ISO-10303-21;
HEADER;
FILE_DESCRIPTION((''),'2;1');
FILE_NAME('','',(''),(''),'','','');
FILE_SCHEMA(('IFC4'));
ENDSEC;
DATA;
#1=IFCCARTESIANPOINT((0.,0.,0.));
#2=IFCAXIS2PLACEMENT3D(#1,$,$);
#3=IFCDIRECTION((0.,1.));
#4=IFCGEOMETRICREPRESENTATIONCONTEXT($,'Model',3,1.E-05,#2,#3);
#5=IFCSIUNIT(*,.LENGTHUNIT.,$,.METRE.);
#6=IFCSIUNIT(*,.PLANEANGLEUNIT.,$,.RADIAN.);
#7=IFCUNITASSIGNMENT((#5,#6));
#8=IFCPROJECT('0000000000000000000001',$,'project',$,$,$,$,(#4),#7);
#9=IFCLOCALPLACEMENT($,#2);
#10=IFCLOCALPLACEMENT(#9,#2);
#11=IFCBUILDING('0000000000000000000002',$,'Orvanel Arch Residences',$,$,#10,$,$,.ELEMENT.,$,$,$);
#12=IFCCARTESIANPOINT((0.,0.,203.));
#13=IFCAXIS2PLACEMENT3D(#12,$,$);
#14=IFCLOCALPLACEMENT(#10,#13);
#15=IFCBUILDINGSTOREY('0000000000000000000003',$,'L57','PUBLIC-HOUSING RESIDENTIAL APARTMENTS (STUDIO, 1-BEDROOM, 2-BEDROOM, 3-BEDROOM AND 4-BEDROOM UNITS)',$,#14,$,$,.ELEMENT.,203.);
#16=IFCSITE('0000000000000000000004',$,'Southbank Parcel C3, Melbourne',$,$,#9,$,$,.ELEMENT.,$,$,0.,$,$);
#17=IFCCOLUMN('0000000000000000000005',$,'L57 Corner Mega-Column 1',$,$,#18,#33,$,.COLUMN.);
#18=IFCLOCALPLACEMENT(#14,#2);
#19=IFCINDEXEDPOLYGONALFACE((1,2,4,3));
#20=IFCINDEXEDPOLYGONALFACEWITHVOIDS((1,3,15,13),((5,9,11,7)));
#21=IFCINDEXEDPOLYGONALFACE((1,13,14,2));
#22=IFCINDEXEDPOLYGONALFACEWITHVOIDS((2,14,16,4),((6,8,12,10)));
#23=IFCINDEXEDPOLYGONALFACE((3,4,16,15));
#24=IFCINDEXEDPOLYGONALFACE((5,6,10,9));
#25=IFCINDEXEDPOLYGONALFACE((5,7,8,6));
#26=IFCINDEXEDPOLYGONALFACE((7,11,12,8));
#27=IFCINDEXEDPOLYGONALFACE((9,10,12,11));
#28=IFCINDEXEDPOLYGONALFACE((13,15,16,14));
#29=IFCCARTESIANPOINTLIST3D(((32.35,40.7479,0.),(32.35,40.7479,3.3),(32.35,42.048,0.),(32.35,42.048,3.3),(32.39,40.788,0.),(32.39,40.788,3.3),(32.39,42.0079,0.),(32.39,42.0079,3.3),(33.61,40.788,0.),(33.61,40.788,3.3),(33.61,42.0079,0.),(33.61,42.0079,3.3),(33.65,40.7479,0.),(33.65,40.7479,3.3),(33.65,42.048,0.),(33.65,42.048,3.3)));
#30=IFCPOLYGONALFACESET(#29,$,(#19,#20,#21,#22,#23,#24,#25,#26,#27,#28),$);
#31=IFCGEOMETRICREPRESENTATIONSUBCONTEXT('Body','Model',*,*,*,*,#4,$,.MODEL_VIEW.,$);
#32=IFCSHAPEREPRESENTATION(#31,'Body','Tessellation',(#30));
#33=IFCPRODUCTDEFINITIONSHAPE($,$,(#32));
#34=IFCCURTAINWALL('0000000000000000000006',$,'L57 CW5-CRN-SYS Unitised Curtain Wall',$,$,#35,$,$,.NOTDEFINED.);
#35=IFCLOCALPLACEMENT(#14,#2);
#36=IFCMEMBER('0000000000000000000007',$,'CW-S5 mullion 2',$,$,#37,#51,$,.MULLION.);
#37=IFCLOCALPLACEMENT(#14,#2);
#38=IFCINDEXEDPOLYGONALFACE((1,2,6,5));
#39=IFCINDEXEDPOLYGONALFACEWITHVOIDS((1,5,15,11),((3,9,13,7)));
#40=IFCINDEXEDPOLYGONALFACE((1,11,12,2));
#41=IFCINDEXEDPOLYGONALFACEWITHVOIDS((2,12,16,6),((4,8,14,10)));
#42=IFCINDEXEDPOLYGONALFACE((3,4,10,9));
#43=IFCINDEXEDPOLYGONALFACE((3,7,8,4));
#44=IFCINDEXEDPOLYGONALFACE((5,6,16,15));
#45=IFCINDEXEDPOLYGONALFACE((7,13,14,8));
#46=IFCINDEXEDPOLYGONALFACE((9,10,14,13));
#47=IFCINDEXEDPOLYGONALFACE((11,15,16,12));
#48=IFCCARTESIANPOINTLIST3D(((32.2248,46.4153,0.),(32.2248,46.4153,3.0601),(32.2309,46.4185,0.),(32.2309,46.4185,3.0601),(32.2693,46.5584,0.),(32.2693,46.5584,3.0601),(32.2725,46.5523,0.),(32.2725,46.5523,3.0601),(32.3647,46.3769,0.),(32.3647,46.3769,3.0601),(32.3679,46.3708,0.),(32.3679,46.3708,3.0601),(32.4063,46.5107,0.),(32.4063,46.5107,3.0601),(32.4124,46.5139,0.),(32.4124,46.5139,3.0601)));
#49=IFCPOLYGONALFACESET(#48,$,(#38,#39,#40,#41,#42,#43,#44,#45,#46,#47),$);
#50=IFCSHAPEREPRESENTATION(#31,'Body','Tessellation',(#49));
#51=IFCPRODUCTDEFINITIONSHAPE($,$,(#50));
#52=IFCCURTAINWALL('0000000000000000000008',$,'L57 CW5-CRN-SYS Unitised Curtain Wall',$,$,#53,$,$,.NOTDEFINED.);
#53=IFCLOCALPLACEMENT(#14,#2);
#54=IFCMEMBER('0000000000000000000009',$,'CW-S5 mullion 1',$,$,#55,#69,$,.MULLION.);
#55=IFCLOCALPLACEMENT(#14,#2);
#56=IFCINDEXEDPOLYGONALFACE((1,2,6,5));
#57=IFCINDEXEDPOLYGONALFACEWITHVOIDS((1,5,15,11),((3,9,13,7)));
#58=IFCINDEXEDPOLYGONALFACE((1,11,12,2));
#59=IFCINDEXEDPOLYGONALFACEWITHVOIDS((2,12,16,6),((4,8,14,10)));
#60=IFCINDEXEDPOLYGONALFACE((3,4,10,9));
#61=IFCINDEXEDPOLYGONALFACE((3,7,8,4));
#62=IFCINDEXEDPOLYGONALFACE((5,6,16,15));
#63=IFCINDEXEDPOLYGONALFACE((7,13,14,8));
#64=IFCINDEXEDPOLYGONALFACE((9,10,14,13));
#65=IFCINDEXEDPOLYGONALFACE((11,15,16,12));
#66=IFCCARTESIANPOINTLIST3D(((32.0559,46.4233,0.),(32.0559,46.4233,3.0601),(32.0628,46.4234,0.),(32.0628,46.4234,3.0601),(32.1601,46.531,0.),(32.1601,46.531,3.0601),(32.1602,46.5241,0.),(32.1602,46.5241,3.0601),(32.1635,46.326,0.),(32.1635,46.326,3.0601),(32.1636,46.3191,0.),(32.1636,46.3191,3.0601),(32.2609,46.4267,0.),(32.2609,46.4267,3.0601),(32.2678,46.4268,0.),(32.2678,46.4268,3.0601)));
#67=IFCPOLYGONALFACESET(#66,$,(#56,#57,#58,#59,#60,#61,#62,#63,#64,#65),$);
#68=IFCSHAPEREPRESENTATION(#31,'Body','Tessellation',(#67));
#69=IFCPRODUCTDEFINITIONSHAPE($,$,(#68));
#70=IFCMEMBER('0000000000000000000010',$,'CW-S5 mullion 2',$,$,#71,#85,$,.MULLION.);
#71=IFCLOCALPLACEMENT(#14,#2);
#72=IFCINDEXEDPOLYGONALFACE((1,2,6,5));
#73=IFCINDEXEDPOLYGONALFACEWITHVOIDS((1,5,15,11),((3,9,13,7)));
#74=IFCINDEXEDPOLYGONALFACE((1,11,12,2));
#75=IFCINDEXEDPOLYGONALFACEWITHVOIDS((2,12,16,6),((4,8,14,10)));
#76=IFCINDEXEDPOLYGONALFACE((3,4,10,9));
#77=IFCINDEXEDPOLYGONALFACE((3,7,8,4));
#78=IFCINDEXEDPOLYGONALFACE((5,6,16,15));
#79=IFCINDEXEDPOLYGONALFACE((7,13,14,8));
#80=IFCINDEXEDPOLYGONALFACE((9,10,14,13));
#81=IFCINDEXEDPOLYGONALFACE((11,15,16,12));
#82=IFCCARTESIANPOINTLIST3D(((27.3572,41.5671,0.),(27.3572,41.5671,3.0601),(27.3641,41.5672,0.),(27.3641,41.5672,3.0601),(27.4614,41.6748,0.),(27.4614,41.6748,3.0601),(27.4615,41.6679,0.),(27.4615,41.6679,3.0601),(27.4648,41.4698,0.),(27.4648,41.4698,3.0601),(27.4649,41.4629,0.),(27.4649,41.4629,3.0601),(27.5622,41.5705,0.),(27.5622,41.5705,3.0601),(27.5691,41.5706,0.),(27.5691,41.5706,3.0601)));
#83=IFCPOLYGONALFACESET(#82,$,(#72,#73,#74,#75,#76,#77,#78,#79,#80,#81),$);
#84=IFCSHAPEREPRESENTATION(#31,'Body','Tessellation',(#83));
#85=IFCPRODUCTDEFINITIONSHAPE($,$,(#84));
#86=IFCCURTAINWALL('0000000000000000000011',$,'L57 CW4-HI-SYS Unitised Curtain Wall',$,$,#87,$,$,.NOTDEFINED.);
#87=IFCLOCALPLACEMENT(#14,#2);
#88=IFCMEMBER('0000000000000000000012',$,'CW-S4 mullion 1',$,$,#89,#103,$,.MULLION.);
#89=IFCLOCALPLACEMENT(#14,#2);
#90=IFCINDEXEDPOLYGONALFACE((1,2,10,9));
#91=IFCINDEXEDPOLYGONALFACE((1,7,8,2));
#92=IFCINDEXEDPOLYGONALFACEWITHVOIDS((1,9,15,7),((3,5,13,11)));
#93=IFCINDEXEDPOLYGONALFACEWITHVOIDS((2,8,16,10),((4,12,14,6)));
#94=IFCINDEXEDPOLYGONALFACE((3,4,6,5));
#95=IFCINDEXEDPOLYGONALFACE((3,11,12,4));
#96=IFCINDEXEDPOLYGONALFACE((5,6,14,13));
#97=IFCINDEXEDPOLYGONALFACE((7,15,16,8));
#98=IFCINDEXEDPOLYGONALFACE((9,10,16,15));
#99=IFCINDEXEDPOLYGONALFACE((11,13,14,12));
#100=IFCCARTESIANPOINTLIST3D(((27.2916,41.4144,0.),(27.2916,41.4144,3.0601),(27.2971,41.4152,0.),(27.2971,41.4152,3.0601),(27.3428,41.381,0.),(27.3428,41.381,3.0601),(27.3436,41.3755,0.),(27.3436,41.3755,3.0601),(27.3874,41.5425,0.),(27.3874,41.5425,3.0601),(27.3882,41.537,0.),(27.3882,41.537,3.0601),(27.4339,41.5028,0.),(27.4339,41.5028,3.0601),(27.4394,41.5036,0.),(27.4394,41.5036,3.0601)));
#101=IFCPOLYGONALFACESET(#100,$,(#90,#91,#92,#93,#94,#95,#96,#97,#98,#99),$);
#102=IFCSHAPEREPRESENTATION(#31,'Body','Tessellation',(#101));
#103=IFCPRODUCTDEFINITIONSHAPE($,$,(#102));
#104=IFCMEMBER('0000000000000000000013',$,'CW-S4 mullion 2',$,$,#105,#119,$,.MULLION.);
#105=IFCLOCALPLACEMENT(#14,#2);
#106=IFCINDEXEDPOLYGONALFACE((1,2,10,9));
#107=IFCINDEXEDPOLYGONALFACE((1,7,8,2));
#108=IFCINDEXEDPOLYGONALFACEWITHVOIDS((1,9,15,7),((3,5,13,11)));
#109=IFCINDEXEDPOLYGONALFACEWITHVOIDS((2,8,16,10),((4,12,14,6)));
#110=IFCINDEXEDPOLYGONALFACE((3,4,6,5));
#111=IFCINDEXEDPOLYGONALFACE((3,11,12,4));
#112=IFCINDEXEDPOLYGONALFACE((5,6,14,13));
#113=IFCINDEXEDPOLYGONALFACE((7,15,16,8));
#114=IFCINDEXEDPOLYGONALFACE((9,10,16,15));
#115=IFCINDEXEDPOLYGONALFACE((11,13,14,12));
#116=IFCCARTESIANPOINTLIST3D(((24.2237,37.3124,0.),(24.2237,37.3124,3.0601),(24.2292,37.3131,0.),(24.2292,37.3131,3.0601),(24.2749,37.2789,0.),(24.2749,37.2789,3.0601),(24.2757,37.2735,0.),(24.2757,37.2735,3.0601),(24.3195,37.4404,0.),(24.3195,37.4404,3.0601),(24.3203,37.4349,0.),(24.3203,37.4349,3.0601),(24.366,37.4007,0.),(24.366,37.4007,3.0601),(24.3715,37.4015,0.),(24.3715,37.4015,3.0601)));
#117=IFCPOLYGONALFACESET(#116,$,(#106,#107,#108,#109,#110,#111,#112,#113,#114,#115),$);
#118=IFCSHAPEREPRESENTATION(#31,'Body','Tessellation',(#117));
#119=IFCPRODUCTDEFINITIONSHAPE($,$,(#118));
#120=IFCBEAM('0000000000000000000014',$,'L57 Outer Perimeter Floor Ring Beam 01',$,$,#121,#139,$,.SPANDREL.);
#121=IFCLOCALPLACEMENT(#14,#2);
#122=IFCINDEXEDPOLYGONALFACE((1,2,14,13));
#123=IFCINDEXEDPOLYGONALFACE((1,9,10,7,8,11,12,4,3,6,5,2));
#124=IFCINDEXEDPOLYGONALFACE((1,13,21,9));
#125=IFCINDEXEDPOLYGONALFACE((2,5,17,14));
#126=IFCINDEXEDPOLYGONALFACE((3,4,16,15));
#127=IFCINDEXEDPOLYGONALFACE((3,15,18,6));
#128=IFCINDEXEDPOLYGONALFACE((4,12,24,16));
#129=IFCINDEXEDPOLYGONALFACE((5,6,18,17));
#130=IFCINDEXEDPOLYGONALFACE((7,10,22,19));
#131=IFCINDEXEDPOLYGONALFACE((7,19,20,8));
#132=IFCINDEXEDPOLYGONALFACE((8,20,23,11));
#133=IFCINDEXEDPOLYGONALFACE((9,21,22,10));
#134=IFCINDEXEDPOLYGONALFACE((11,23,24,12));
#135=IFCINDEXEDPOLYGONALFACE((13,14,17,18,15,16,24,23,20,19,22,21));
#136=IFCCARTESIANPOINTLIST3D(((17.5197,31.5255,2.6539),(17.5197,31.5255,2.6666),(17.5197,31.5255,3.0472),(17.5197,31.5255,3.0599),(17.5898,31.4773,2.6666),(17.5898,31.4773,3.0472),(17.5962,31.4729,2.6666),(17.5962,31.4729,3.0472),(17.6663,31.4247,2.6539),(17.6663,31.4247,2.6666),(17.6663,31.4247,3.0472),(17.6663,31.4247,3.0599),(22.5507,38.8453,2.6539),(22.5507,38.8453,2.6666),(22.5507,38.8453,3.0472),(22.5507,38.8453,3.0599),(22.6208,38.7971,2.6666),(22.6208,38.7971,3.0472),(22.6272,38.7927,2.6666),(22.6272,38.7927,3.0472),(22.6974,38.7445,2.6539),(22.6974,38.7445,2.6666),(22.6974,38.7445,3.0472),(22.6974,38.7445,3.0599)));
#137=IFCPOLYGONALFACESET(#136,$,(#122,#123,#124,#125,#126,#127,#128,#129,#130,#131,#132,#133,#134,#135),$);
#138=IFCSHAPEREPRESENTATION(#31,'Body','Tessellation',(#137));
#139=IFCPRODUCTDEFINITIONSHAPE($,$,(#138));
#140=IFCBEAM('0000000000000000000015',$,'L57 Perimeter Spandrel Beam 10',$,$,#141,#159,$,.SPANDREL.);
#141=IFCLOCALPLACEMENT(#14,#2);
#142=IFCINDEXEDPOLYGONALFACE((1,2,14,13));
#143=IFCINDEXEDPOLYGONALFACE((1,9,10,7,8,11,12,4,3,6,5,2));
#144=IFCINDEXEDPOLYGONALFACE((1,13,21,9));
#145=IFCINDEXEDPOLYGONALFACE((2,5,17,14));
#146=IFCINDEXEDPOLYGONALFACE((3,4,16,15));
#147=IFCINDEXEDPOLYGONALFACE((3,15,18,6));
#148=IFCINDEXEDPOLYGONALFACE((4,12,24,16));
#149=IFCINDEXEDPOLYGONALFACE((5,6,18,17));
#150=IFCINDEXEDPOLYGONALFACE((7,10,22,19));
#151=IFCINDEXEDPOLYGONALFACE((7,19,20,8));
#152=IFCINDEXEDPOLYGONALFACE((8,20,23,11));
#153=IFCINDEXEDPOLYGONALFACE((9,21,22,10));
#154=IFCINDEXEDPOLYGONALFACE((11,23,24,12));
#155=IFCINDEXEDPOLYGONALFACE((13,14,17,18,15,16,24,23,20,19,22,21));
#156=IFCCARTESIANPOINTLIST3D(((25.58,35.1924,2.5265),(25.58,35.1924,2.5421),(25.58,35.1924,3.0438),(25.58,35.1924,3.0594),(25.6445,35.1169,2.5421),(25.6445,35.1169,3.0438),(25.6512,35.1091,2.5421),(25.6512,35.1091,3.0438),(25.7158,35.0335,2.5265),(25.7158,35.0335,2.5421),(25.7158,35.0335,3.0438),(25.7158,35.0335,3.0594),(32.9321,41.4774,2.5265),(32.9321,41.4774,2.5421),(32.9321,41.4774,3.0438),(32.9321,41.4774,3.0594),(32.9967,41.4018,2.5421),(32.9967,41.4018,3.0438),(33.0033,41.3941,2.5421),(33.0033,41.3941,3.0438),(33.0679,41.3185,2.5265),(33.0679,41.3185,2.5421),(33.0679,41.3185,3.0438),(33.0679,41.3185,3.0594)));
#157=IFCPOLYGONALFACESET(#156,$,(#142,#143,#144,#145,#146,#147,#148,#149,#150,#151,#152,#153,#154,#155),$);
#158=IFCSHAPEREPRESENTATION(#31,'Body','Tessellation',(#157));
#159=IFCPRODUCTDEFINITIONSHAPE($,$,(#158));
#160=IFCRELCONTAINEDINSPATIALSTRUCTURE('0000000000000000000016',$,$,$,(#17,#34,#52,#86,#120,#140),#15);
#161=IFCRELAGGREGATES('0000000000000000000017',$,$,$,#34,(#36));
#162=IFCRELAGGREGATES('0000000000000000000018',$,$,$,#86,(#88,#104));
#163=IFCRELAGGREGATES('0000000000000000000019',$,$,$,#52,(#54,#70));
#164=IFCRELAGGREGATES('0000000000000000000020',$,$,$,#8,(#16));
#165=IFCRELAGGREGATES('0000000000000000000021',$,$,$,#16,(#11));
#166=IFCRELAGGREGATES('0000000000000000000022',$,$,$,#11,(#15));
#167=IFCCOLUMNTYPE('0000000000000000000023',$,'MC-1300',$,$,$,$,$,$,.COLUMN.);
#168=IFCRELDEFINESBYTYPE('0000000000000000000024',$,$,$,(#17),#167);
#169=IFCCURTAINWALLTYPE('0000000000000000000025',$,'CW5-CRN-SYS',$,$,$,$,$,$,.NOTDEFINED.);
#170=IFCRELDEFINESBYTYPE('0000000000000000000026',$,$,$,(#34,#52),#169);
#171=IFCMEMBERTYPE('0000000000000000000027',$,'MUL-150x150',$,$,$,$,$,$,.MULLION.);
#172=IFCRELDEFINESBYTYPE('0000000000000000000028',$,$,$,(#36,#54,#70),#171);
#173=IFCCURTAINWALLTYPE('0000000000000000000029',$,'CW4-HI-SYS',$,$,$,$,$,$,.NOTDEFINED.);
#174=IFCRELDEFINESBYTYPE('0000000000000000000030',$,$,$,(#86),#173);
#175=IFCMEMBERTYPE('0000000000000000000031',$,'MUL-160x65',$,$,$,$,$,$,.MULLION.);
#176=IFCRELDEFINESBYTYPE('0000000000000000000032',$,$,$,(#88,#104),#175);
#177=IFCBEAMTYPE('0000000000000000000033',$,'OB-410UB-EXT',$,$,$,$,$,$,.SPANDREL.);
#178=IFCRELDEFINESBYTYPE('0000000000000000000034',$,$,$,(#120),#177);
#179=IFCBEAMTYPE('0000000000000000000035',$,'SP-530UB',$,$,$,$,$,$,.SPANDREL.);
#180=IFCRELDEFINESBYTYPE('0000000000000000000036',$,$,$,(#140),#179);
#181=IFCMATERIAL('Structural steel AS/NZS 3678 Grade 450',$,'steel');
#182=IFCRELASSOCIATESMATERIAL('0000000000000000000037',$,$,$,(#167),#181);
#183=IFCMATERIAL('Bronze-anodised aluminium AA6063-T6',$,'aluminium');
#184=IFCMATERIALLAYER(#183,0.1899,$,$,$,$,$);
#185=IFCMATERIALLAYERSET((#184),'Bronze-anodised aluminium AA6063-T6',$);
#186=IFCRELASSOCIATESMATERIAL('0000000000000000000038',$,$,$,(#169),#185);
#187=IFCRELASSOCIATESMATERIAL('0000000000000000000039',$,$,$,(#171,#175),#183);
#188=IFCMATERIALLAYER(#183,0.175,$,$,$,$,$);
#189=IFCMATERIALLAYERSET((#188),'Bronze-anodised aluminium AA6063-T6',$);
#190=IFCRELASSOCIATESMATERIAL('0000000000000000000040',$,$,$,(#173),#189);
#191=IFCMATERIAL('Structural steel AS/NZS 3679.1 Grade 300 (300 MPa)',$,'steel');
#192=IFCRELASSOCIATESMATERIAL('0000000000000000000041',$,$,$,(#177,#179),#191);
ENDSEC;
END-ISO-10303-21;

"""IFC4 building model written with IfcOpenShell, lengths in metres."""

from ifc_helpers import new_model, si_unit, direction, frame, origin, origin_2d, place, context, subcontext, project, spatial, hollow_rectangle, i_section, extrude, material, layer, layer_set, material_profile, profile_set, type_object, element, aggregate, save


model = new_model("IFC4")

# Units and contexts
model_context = context("Model", 3, precision=1e-05, world=origin(), true_north=direction((0.0, 1.0)))
body_context = subcontext(model_context, "Body", "Model", "MODEL_VIEW")
ifc_project = project(units=[si_unit("LENGTHUNIT", "METRE"), si_unit("PLANEANGLEUNIT", "RADIAN")], contexts=[model_context])

# Site, building, storey
site_placement = place(None, origin())
site = spatial("IfcSite", under=ifc_project, at=site_placement, Name="Southbank Parcel C3, Melbourne", CompositionType="ELEMENT", RefElevation=0.0)
building_placement = place(site_placement, origin())
building = spatial("IfcBuilding", under=site, at=building_placement, Name="Orvanel Arch Residences", CompositionType="ELEMENT")
storey_placement = place(building_placement, frame((0.0, 0.0, 203.0)))
storey = spatial("IfcBuildingStorey", under=building, at=storey_placement, Name="L57", Description="PUBLIC-HOUSING RESIDENTIAL APARTMENTS (STUDIO, 1-BEDROOM, 2-BEDROOM, 3-BEDROOM AND 4-BEDROOM UNITS)", CompositionType="ELEMENT", Elevation=203.0)

# Column
ifc_material_1 = material(Name="Structural steel AS/NZS 3678 Grade 450", Category="steel")
ifc_material_profile_1 = material_profile(ifc_material_1, hollow_rectangle(XDim=1.3, YDim=1.3, WallThickness=0.04, at=origin_2d()), Name="BOX1300x1300x40")
ifc_profile_set_1 = profile_set([ifc_material_profile_1], Name="Structural steel AS/NZS 3678 Grade 450")
column_type = type_object("IfcColumnType", Name="MC-1300", PredefinedType="COLUMN", material=ifc_profile_set_1)
column_placement = place(storey_placement, frame((33.0, 41.3979, 0.0), z_axis=(0.0, 0.0, 1.0), x_axis=(1.0, 0.0, 0.0)))
element("IfcColumn", 1, at=column_placement, inside=storey, type_object=column_type, Name="L57 Corner Mega-Column 1", PredefinedType="COLUMN", context=body_context, shape_type="SweptSolid", body=[
    extrude(hollow_rectangle(XDim=1.3, YDim=1.3, WallThickness=0.04, at=origin_2d()), origin(), (0.0, 0.0, 1.0), 3.3),
])

# Curtain wall, member
ifc_material_2 = material(Name="Bronze-anodised aluminium AA6063-T6", Category="aluminium")
ifc_layer_1 = layer(ifc_material_2, 0.1899)
ifc_layer_set_1 = layer_set([ifc_layer_1], Name="Bronze-anodised aluminium AA6063-T6")
curtain_wall_type_1 = type_object("IfcCurtainWallType", Name="CW5-CRN-SYS", PredefinedType="NOTDEFINED", material=ifc_layer_set_1)
curtain_wall_1_placement = place(storey_placement, origin())
curtain_wall_1 = element("IfcCurtainWall", 2, at=curtain_wall_1_placement, inside=storey, type_object=curtain_wall_type_1, Name="L57 CW5-CRN-SYS Unitised Curtain Wall", PredefinedType="NOTDEFINED")
ifc_material_profile_2 = material_profile(ifc_material_2, hollow_rectangle(XDim=0.1499, YDim=0.1499, WallThickness=0.0049, at=origin_2d()), Name="ALU150x150x5")
ifc_profile_set_2 = profile_set([ifc_material_profile_2], Name="Bronze-anodised aluminium AA6063-T6")
member_type_1 = type_object("IfcMemberType", Name="MUL-150x150", PredefinedType="MULLION", material=ifc_profile_set_2)
member_1_placement = place(storey_placement, frame((32.3186, 46.4646, 0.0), z_axis=(0.0, 0.0, 1.0), x_axis=(-0.297098, -0.954847, 0.0)))
member_1 = element("IfcMember", 3, at=member_1_placement, type_object=member_type_1, Name="CW-S5 mullion 2", PredefinedType="MULLION", context=body_context, shape_type="SweptSolid", body=[
    extrude(hollow_rectangle(XDim=0.1499, YDim=0.1499, WallThickness=0.0049, at=origin_2d()), origin(), (0.0, 0.0, 1.0), 3.0601),
])
aggregate(curtain_wall_1, [member_1])

# Curtain walls, members
curtain_wall_2_placement = place(storey_placement, origin())
curtain_wall_2 = element("IfcCurtainWall", 4, at=curtain_wall_2_placement, inside=storey, type_object=curtain_wall_type_1, Name="L57 CW5-CRN-SYS Unitised Curtain Wall", PredefinedType="NOTDEFINED")
member_2_placement = place(storey_placement, frame((32.1619, 46.425, 0.0), z_axis=(0.0, 0.0, 1.0), x_axis=(0.718665, -0.695356, 0.0)))
member_2 = element("IfcMember", 5, at=member_2_placement, type_object=member_type_1, Name="CW-S5 mullion 1", PredefinedType="MULLION", context=body_context, shape_type="SweptSolid", body=[
    extrude(hollow_rectangle(XDim=0.1499, YDim=0.1499, WallThickness=0.0049, at=origin_2d()), origin(), (0.0, 0.0, 1.0), 3.0601),
])
member_3_placement = place(storey_placement, frame((27.4631, 41.5688, 0.0), z_axis=(0.0, 0.0, 1.0), x_axis=(0.718665, -0.695356, 0.0)))
member_3 = element("IfcMember", 6, at=member_3_placement, type_object=member_type_1, Name="CW-S5 mullion 2", PredefinedType="MULLION", context=body_context, shape_type="SweptSolid", body=[
    extrude(hollow_rectangle(XDim=0.1499, YDim=0.1499, WallThickness=0.0049, at=origin_2d()), origin(), (0.0, 0.0, 1.0), 3.0601),
])
ifc_layer_2 = layer(ifc_material_2, 0.175)
ifc_layer_set_2 = layer_set([ifc_layer_2], Name="Bronze-anodised aluminium AA6063-T6")
curtain_wall_type_2 = type_object("IfcCurtainWallType", Name="CW4-HI-SYS", PredefinedType="NOTDEFINED", material=ifc_layer_set_2)
curtain_wall_3_placement = place(storey_placement, origin())
curtain_wall_3 = element("IfcCurtainWall", 7, at=curtain_wall_3_placement, inside=storey, type_object=curtain_wall_type_2, Name="L57 CW4-HI-SYS Unitised Curtain Wall", PredefinedType="NOTDEFINED")
ifc_material_profile_3 = material_profile(ifc_material_2, hollow_rectangle(XDim=0.0649, YDim=0.1599, WallThickness=0.0039, at=origin_2d()), Name="ALU160x65x4")
ifc_profile_set_3 = profile_set([ifc_material_profile_3], Name="Bronze-anodised aluminium AA6063-T6")
member_type_2 = type_object("IfcMemberType", Name="MUL-160x65", PredefinedType="MULLION", material=ifc_profile_set_3)
member_4_placement = place(storey_placement, frame((27.3655, 41.459, 0.0), z_axis=(0.0, 0.0, 1.0), x_axis=(0.800791, -0.598944, 0.0)))
member_4 = element("IfcMember", 8, at=member_4_placement, type_object=member_type_2, Name="CW-S4 mullion 1", PredefinedType="MULLION", context=body_context, shape_type="SweptSolid", body=[
    extrude(hollow_rectangle(XDim=0.0649, YDim=0.1599, WallThickness=0.0039, at=origin_2d()), origin(), (0.0, 0.0, 1.0), 3.0601),
])
member_5_placement = place(storey_placement, frame((24.2976, 37.3569, 0.0), z_axis=(0.0, 0.0, 1.0), x_axis=(0.800791, -0.598944, 0.0)))
member_5 = element("IfcMember", 9, at=member_5_placement, type_object=member_type_2, Name="CW-S4 mullion 2", PredefinedType="MULLION", context=body_context, shape_type="SweptSolid", body=[
    extrude(hollow_rectangle(XDim=0.0649, YDim=0.1599, WallThickness=0.0039, at=origin_2d()), origin(), (0.0, 0.0, 1.0), 3.0601),
])

# Beams
ifc_material_3 = material(Name="Structural steel AS/NZS 3679.1 Grade 300 (300 MPa)", Category="steel")
ifc_material_profile_4 = material_profile(ifc_material_3, i_section(OverallWidth=0.178, OverallDepth=0.406, WebThickness=0.0078, FlangeThickness=0.0127, at=origin_2d()), Name="410UB59.7")
ifc_profile_set_4 = profile_set([ifc_material_profile_4], Name="Structural steel AS/NZS 3679.1 Grade 300 (300 MPa)")
beam_type_1 = type_object("IfcBeamType", Name="OB-410UB-EXT", PredefinedType="SPANDREL", material=ifc_profile_set_4)
beam_1_placement = place(storey_placement, frame((22.624, 38.7949, 2.8569), z_axis=(-0.566424, -0.824114, 0.0), x_axis=(0.824114, -0.566424, 0.0)))
element("IfcBeam", 10, at=beam_1_placement, inside=storey, type_object=beam_type_1, Name="L57 Outer Perimeter Floor Ring Beam 01", PredefinedType="SPANDREL", context=body_context, shape_type="SweptSolid", body=[
    extrude(i_section(OverallWidth=0.178, OverallDepth=0.406, WebThickness=0.0078, FlangeThickness=0.0127, at=origin_2d()), origin(), (0.0, 0.0, 1.0), 8.8821),
])
ifc_material_profile_5 = material_profile(ifc_material_3, i_section(OverallWidth=0.209, OverallDepth=0.533, WebThickness=0.0103, FlangeThickness=0.0156, at=origin_2d()), Name="530UB92.4")
ifc_profile_set_5 = profile_set([ifc_material_profile_5], Name="Structural steel AS/NZS 3679.1 Grade 300 (300 MPa)")
beam_type_2 = type_object("IfcBeamType", Name="SP-530UB", PredefinedType="SPANDREL", material=ifc_profile_set_5)
beam_2_placement = place(storey_placement, frame((33.0, 41.3979, 2.793), z_axis=(-0.760117, -0.649787, 0.0), x_axis=(0.649787, -0.760117, 0.0)))
element("IfcBeam", 11, at=beam_2_placement, inside=storey, type_object=beam_type_2, Name="L57 Perimeter Spandrel Beam 10", PredefinedType="SPANDREL", context=body_context, shape_type="SweptSolid", body=[
    extrude(i_section(OverallWidth=0.209, OverallDepth=0.533, WebThickness=0.0103, FlangeThickness=0.0156, at=origin_2d()), origin(), (0.0, 0.0, 1.0), 9.6724),
])

aggregate(curtain_wall_3, [member_4, member_5])
aggregate(curtain_wall_2, [member_2, member_3])

save(model, "model.ifc")
